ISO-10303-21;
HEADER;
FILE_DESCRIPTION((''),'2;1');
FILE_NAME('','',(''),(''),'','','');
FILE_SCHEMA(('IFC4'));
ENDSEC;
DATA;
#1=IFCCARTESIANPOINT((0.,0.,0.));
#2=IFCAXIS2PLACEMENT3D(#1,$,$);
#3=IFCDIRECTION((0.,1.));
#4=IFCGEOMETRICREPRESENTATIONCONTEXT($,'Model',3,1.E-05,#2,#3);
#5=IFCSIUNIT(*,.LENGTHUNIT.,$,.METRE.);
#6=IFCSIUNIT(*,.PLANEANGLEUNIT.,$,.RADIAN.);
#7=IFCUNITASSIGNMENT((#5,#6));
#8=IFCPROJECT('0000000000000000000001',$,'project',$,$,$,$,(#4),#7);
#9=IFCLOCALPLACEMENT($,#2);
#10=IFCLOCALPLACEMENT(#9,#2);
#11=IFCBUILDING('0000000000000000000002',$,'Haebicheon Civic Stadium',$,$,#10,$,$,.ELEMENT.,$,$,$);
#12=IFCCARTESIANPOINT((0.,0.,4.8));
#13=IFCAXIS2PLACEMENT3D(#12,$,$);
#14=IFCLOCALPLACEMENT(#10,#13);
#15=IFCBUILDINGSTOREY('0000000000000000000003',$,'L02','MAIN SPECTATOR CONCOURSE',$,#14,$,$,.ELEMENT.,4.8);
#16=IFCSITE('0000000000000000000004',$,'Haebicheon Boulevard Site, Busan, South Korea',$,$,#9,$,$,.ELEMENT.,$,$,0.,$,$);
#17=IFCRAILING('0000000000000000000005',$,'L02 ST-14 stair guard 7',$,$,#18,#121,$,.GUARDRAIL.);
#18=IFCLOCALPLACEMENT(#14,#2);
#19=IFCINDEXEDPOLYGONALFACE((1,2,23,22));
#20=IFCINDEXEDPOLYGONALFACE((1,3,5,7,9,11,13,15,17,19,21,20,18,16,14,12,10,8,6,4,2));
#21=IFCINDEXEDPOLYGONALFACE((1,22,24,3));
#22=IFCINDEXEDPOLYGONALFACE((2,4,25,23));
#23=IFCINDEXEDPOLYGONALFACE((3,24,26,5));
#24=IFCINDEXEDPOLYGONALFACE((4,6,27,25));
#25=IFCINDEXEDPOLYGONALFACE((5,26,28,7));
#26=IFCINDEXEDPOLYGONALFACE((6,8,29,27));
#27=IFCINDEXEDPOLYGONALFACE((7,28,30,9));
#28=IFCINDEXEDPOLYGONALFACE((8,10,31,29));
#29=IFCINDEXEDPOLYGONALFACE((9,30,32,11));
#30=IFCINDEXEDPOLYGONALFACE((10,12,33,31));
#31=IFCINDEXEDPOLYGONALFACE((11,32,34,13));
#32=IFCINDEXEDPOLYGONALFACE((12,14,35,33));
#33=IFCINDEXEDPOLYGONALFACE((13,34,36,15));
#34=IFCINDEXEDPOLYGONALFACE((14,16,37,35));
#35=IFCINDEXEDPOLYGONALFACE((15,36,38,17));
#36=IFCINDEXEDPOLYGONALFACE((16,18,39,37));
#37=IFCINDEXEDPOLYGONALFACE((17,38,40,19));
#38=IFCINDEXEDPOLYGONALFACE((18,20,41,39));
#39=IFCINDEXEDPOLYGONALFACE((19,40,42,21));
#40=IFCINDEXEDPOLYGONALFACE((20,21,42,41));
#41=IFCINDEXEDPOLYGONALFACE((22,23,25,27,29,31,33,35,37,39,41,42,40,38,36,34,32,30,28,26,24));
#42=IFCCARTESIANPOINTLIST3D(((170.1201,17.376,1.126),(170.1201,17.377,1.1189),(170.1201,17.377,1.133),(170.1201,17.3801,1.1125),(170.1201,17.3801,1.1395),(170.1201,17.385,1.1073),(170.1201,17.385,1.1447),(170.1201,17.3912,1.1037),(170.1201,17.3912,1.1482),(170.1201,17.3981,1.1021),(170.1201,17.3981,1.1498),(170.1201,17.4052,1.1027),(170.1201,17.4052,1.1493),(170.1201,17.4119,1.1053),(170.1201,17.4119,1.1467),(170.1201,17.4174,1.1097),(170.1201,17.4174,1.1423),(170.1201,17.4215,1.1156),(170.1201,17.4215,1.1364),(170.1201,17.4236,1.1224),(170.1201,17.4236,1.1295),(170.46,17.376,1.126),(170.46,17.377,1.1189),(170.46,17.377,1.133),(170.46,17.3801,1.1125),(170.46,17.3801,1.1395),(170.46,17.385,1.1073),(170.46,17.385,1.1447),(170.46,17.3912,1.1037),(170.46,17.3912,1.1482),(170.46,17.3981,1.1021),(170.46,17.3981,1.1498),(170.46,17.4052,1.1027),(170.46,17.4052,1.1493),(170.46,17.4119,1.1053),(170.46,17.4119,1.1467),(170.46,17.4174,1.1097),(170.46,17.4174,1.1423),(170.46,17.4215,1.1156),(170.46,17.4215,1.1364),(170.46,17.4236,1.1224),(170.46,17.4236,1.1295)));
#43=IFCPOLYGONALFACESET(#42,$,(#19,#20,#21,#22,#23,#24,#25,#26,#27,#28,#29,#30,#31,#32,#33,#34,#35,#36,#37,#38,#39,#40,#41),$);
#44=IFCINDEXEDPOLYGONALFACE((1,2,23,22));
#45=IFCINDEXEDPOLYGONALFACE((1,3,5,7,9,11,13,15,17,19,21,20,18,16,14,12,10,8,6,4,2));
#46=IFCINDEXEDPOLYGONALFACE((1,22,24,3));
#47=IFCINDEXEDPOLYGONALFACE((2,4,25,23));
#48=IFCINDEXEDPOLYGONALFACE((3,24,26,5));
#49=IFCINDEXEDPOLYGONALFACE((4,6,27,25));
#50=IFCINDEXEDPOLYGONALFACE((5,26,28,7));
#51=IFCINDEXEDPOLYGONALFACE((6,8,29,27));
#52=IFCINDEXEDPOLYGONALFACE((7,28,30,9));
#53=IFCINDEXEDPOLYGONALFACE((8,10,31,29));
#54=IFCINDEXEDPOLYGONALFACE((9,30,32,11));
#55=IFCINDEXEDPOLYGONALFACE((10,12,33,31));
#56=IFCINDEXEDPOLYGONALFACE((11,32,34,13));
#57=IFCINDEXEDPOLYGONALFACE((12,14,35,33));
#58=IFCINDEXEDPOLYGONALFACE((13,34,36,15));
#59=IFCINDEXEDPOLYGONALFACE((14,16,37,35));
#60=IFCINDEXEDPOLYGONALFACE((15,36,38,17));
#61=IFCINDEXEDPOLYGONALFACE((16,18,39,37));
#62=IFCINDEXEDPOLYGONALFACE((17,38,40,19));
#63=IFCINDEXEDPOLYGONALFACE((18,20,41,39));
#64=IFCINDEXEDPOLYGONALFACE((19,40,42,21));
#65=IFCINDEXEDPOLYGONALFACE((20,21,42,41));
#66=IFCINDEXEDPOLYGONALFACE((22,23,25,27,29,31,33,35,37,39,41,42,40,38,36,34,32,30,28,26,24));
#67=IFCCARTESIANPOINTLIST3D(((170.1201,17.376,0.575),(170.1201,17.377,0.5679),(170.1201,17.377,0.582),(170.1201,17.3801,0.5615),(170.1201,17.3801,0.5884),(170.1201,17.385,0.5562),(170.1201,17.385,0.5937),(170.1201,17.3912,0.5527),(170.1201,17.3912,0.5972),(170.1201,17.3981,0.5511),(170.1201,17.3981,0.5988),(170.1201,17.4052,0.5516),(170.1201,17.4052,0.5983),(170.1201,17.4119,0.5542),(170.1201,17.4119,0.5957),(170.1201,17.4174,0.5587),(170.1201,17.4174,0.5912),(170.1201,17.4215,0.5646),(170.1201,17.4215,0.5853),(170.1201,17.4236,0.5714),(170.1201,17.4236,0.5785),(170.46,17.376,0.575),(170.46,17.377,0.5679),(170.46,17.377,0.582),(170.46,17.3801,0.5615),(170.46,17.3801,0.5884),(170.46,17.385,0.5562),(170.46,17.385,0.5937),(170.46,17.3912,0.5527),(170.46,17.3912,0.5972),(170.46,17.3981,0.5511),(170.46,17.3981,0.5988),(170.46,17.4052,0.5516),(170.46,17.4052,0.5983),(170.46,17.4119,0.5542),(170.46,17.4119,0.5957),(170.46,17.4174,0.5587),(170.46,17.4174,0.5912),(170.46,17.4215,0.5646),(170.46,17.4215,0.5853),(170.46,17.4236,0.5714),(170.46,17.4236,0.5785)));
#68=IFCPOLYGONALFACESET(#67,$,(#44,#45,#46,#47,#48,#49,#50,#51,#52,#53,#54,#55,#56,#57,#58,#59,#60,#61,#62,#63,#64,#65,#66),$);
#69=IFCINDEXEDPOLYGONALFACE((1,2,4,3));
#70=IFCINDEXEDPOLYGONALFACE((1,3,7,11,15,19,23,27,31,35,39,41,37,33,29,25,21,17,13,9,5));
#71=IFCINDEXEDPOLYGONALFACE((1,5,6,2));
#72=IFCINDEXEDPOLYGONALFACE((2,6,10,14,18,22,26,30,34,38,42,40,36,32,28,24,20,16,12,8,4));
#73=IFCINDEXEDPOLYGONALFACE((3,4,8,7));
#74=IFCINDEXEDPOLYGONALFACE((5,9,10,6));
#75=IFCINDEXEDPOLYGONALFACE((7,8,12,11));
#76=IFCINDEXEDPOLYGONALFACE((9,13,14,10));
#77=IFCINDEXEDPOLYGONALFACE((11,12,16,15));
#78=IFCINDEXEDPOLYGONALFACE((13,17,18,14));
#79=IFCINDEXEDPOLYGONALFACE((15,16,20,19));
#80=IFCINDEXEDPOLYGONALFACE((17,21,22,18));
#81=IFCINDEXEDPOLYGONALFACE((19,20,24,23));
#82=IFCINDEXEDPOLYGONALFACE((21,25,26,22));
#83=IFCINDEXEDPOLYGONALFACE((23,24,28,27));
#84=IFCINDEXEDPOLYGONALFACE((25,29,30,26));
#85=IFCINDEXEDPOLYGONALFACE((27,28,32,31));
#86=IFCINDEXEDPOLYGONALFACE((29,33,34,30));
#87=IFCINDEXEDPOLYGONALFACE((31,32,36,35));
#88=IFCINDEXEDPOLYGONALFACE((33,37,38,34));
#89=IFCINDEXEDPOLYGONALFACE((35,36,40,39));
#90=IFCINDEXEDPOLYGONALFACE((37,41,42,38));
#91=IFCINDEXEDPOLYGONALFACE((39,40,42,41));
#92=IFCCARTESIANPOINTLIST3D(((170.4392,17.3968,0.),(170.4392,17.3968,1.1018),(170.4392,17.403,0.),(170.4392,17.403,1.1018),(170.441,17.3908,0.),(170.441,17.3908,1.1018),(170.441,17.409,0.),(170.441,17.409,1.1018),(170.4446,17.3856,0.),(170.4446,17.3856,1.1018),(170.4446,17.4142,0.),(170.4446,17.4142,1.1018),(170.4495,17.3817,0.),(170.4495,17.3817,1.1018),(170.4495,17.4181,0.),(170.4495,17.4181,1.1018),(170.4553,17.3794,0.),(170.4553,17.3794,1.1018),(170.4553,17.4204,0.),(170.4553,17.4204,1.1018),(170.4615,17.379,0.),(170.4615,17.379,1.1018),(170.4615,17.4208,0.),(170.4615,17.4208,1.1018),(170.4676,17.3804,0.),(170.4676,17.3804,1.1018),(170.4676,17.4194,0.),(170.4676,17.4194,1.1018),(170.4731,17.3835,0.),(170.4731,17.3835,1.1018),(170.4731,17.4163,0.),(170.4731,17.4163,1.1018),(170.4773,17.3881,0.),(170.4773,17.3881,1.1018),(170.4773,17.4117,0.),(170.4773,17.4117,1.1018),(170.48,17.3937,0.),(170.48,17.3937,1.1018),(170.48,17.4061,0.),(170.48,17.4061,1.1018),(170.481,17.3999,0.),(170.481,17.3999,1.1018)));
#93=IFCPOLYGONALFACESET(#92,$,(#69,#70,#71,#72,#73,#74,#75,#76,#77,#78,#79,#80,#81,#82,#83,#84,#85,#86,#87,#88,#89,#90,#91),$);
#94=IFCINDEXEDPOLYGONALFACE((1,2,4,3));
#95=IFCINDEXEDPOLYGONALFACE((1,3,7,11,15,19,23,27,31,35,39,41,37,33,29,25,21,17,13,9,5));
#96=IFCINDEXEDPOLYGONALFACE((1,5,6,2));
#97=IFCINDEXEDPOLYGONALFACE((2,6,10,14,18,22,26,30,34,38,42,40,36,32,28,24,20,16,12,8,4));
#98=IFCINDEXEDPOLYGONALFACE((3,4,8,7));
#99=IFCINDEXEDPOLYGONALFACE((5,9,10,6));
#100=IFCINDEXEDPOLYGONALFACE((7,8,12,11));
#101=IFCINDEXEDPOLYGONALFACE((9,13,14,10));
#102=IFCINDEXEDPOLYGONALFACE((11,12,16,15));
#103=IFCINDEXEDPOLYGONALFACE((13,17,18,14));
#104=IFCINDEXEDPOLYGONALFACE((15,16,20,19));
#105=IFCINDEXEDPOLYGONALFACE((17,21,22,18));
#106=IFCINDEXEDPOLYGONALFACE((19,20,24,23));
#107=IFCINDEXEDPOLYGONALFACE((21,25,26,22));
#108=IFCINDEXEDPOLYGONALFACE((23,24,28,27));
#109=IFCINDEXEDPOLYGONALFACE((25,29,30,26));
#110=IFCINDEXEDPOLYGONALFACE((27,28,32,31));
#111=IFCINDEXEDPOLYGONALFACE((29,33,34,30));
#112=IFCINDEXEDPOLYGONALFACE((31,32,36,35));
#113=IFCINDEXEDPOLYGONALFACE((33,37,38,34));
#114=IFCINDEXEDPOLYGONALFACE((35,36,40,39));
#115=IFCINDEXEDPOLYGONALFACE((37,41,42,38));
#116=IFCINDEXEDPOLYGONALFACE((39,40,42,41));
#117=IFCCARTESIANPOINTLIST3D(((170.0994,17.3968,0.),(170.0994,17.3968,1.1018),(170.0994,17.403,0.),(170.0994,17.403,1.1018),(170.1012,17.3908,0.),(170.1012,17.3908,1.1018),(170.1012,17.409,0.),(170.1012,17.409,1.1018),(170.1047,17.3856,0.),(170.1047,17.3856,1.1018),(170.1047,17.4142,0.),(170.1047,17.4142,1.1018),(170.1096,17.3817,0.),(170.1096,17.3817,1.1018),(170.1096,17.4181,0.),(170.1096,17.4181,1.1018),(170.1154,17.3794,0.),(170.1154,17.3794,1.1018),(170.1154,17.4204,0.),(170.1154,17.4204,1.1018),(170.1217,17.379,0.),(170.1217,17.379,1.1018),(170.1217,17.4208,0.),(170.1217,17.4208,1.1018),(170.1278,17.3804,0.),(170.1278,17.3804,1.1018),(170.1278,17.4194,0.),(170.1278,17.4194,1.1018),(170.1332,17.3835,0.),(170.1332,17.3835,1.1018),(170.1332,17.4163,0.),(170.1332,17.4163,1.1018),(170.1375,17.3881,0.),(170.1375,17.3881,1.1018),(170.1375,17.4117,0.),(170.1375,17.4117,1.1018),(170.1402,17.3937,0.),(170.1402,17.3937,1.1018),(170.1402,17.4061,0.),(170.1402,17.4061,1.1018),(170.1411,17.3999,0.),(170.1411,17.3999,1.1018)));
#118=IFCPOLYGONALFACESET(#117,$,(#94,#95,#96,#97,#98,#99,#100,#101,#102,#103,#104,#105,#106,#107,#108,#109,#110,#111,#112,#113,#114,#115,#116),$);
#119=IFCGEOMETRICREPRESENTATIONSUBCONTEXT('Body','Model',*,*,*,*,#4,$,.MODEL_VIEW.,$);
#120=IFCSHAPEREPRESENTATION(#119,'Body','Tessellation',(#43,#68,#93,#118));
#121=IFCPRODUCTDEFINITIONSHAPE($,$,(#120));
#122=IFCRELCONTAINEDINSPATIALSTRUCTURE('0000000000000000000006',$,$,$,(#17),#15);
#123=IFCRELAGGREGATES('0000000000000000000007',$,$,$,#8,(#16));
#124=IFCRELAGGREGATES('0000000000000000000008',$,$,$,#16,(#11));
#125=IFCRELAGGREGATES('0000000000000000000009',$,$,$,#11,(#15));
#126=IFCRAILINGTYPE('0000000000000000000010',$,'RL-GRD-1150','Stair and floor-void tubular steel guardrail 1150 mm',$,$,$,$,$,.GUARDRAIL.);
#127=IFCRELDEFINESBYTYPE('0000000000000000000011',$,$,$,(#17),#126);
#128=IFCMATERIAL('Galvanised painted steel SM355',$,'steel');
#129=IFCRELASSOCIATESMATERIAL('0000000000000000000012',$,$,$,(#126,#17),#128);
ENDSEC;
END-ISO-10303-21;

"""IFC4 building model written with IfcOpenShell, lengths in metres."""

from ifc_helpers import new_model, si_unit, direction, frame, origin, origin_2d, place, context, subcontext, project, spatial, circle, extrude, material, type_object, element, save


model = new_model("IFC4")

# Units and contexts
model_context = context("Model", 3, precision=1e-05, world=origin(), true_north=direction((0.0, 1.0)))
body_context = subcontext(model_context, "Body", "Model", "MODEL_VIEW")
ifc_project = project(units=[si_unit("LENGTHUNIT", "METRE"), si_unit("PLANEANGLEUNIT", "RADIAN")], contexts=[model_context])

# Site, building, storey
site_placement = place(None, origin())
site = spatial("IfcSite", under=ifc_project, at=site_placement, Name="Haebicheon Boulevard Site, Busan, South Korea", CompositionType="ELEMENT", RefElevation=0.0)
building_placement = place(site_placement, origin())
building = spatial("IfcBuilding", under=site, at=building_placement, Name="Haebicheon Civic Stadium", CompositionType="ELEMENT")
storey_placement = place(building_placement, frame((0.0, 0.0, 4.8)))
storey = spatial("IfcBuildingStorey", under=building, at=storey_placement, Name="L02", Description="MAIN SPECTATOR CONCOURSE", CompositionType="ELEMENT", Elevation=4.8)

# Railing
ifc_material_1 = material(Name="Galvanised painted steel SM355", Category="steel")
railing_type_1 = type_object("IfcRailingType", Name="RL-GRD-1150", Description="Stair and floor-void tubular steel guardrail 1150 mm", PredefinedType="GUARDRAIL", material=ifc_material_1)
railing_1_placement = place(storey_placement, frame((170.46, 17.3999, 0.0)))
element("IfcRailing", 1, at=railing_1_placement, inside=storey, type_object=railing_type_1, material=ifc_material_1, Name="L02 ST-14 stair guard 7", PredefinedType="GUARDRAIL", context=body_context, shape_type="SweptSolid", body=[
    extrude(circle(Radius=0.0239, at=origin_2d()), frame((0.0, 0.0, 1.126), z_axis=(-1.0, 0.0, 0.0), x_axis=(0.0, -1.0, 0.0)), (0.0, 0.0, 1.0), 0.3398),
    extrude(circle(Radius=0.0239, at=origin_2d()), frame((0.0, 0.0, 0.575), z_axis=(-1.0, 0.0, 0.0), x_axis=(0.0, -1.0, 0.0)), (0.0, 0.0, 1.0), 0.3398),
    extrude(circle(Radius=0.021, at=origin_2d()), origin(), (0.0, 0.0, 1.0), 1.1018),
    extrude(circle(Radius=0.021, at=origin_2d()), frame((-0.3398, 0.0, 0.0)), (0.0, 0.0, 1.0), 1.1018),
])

save(model, "model.ifc")
